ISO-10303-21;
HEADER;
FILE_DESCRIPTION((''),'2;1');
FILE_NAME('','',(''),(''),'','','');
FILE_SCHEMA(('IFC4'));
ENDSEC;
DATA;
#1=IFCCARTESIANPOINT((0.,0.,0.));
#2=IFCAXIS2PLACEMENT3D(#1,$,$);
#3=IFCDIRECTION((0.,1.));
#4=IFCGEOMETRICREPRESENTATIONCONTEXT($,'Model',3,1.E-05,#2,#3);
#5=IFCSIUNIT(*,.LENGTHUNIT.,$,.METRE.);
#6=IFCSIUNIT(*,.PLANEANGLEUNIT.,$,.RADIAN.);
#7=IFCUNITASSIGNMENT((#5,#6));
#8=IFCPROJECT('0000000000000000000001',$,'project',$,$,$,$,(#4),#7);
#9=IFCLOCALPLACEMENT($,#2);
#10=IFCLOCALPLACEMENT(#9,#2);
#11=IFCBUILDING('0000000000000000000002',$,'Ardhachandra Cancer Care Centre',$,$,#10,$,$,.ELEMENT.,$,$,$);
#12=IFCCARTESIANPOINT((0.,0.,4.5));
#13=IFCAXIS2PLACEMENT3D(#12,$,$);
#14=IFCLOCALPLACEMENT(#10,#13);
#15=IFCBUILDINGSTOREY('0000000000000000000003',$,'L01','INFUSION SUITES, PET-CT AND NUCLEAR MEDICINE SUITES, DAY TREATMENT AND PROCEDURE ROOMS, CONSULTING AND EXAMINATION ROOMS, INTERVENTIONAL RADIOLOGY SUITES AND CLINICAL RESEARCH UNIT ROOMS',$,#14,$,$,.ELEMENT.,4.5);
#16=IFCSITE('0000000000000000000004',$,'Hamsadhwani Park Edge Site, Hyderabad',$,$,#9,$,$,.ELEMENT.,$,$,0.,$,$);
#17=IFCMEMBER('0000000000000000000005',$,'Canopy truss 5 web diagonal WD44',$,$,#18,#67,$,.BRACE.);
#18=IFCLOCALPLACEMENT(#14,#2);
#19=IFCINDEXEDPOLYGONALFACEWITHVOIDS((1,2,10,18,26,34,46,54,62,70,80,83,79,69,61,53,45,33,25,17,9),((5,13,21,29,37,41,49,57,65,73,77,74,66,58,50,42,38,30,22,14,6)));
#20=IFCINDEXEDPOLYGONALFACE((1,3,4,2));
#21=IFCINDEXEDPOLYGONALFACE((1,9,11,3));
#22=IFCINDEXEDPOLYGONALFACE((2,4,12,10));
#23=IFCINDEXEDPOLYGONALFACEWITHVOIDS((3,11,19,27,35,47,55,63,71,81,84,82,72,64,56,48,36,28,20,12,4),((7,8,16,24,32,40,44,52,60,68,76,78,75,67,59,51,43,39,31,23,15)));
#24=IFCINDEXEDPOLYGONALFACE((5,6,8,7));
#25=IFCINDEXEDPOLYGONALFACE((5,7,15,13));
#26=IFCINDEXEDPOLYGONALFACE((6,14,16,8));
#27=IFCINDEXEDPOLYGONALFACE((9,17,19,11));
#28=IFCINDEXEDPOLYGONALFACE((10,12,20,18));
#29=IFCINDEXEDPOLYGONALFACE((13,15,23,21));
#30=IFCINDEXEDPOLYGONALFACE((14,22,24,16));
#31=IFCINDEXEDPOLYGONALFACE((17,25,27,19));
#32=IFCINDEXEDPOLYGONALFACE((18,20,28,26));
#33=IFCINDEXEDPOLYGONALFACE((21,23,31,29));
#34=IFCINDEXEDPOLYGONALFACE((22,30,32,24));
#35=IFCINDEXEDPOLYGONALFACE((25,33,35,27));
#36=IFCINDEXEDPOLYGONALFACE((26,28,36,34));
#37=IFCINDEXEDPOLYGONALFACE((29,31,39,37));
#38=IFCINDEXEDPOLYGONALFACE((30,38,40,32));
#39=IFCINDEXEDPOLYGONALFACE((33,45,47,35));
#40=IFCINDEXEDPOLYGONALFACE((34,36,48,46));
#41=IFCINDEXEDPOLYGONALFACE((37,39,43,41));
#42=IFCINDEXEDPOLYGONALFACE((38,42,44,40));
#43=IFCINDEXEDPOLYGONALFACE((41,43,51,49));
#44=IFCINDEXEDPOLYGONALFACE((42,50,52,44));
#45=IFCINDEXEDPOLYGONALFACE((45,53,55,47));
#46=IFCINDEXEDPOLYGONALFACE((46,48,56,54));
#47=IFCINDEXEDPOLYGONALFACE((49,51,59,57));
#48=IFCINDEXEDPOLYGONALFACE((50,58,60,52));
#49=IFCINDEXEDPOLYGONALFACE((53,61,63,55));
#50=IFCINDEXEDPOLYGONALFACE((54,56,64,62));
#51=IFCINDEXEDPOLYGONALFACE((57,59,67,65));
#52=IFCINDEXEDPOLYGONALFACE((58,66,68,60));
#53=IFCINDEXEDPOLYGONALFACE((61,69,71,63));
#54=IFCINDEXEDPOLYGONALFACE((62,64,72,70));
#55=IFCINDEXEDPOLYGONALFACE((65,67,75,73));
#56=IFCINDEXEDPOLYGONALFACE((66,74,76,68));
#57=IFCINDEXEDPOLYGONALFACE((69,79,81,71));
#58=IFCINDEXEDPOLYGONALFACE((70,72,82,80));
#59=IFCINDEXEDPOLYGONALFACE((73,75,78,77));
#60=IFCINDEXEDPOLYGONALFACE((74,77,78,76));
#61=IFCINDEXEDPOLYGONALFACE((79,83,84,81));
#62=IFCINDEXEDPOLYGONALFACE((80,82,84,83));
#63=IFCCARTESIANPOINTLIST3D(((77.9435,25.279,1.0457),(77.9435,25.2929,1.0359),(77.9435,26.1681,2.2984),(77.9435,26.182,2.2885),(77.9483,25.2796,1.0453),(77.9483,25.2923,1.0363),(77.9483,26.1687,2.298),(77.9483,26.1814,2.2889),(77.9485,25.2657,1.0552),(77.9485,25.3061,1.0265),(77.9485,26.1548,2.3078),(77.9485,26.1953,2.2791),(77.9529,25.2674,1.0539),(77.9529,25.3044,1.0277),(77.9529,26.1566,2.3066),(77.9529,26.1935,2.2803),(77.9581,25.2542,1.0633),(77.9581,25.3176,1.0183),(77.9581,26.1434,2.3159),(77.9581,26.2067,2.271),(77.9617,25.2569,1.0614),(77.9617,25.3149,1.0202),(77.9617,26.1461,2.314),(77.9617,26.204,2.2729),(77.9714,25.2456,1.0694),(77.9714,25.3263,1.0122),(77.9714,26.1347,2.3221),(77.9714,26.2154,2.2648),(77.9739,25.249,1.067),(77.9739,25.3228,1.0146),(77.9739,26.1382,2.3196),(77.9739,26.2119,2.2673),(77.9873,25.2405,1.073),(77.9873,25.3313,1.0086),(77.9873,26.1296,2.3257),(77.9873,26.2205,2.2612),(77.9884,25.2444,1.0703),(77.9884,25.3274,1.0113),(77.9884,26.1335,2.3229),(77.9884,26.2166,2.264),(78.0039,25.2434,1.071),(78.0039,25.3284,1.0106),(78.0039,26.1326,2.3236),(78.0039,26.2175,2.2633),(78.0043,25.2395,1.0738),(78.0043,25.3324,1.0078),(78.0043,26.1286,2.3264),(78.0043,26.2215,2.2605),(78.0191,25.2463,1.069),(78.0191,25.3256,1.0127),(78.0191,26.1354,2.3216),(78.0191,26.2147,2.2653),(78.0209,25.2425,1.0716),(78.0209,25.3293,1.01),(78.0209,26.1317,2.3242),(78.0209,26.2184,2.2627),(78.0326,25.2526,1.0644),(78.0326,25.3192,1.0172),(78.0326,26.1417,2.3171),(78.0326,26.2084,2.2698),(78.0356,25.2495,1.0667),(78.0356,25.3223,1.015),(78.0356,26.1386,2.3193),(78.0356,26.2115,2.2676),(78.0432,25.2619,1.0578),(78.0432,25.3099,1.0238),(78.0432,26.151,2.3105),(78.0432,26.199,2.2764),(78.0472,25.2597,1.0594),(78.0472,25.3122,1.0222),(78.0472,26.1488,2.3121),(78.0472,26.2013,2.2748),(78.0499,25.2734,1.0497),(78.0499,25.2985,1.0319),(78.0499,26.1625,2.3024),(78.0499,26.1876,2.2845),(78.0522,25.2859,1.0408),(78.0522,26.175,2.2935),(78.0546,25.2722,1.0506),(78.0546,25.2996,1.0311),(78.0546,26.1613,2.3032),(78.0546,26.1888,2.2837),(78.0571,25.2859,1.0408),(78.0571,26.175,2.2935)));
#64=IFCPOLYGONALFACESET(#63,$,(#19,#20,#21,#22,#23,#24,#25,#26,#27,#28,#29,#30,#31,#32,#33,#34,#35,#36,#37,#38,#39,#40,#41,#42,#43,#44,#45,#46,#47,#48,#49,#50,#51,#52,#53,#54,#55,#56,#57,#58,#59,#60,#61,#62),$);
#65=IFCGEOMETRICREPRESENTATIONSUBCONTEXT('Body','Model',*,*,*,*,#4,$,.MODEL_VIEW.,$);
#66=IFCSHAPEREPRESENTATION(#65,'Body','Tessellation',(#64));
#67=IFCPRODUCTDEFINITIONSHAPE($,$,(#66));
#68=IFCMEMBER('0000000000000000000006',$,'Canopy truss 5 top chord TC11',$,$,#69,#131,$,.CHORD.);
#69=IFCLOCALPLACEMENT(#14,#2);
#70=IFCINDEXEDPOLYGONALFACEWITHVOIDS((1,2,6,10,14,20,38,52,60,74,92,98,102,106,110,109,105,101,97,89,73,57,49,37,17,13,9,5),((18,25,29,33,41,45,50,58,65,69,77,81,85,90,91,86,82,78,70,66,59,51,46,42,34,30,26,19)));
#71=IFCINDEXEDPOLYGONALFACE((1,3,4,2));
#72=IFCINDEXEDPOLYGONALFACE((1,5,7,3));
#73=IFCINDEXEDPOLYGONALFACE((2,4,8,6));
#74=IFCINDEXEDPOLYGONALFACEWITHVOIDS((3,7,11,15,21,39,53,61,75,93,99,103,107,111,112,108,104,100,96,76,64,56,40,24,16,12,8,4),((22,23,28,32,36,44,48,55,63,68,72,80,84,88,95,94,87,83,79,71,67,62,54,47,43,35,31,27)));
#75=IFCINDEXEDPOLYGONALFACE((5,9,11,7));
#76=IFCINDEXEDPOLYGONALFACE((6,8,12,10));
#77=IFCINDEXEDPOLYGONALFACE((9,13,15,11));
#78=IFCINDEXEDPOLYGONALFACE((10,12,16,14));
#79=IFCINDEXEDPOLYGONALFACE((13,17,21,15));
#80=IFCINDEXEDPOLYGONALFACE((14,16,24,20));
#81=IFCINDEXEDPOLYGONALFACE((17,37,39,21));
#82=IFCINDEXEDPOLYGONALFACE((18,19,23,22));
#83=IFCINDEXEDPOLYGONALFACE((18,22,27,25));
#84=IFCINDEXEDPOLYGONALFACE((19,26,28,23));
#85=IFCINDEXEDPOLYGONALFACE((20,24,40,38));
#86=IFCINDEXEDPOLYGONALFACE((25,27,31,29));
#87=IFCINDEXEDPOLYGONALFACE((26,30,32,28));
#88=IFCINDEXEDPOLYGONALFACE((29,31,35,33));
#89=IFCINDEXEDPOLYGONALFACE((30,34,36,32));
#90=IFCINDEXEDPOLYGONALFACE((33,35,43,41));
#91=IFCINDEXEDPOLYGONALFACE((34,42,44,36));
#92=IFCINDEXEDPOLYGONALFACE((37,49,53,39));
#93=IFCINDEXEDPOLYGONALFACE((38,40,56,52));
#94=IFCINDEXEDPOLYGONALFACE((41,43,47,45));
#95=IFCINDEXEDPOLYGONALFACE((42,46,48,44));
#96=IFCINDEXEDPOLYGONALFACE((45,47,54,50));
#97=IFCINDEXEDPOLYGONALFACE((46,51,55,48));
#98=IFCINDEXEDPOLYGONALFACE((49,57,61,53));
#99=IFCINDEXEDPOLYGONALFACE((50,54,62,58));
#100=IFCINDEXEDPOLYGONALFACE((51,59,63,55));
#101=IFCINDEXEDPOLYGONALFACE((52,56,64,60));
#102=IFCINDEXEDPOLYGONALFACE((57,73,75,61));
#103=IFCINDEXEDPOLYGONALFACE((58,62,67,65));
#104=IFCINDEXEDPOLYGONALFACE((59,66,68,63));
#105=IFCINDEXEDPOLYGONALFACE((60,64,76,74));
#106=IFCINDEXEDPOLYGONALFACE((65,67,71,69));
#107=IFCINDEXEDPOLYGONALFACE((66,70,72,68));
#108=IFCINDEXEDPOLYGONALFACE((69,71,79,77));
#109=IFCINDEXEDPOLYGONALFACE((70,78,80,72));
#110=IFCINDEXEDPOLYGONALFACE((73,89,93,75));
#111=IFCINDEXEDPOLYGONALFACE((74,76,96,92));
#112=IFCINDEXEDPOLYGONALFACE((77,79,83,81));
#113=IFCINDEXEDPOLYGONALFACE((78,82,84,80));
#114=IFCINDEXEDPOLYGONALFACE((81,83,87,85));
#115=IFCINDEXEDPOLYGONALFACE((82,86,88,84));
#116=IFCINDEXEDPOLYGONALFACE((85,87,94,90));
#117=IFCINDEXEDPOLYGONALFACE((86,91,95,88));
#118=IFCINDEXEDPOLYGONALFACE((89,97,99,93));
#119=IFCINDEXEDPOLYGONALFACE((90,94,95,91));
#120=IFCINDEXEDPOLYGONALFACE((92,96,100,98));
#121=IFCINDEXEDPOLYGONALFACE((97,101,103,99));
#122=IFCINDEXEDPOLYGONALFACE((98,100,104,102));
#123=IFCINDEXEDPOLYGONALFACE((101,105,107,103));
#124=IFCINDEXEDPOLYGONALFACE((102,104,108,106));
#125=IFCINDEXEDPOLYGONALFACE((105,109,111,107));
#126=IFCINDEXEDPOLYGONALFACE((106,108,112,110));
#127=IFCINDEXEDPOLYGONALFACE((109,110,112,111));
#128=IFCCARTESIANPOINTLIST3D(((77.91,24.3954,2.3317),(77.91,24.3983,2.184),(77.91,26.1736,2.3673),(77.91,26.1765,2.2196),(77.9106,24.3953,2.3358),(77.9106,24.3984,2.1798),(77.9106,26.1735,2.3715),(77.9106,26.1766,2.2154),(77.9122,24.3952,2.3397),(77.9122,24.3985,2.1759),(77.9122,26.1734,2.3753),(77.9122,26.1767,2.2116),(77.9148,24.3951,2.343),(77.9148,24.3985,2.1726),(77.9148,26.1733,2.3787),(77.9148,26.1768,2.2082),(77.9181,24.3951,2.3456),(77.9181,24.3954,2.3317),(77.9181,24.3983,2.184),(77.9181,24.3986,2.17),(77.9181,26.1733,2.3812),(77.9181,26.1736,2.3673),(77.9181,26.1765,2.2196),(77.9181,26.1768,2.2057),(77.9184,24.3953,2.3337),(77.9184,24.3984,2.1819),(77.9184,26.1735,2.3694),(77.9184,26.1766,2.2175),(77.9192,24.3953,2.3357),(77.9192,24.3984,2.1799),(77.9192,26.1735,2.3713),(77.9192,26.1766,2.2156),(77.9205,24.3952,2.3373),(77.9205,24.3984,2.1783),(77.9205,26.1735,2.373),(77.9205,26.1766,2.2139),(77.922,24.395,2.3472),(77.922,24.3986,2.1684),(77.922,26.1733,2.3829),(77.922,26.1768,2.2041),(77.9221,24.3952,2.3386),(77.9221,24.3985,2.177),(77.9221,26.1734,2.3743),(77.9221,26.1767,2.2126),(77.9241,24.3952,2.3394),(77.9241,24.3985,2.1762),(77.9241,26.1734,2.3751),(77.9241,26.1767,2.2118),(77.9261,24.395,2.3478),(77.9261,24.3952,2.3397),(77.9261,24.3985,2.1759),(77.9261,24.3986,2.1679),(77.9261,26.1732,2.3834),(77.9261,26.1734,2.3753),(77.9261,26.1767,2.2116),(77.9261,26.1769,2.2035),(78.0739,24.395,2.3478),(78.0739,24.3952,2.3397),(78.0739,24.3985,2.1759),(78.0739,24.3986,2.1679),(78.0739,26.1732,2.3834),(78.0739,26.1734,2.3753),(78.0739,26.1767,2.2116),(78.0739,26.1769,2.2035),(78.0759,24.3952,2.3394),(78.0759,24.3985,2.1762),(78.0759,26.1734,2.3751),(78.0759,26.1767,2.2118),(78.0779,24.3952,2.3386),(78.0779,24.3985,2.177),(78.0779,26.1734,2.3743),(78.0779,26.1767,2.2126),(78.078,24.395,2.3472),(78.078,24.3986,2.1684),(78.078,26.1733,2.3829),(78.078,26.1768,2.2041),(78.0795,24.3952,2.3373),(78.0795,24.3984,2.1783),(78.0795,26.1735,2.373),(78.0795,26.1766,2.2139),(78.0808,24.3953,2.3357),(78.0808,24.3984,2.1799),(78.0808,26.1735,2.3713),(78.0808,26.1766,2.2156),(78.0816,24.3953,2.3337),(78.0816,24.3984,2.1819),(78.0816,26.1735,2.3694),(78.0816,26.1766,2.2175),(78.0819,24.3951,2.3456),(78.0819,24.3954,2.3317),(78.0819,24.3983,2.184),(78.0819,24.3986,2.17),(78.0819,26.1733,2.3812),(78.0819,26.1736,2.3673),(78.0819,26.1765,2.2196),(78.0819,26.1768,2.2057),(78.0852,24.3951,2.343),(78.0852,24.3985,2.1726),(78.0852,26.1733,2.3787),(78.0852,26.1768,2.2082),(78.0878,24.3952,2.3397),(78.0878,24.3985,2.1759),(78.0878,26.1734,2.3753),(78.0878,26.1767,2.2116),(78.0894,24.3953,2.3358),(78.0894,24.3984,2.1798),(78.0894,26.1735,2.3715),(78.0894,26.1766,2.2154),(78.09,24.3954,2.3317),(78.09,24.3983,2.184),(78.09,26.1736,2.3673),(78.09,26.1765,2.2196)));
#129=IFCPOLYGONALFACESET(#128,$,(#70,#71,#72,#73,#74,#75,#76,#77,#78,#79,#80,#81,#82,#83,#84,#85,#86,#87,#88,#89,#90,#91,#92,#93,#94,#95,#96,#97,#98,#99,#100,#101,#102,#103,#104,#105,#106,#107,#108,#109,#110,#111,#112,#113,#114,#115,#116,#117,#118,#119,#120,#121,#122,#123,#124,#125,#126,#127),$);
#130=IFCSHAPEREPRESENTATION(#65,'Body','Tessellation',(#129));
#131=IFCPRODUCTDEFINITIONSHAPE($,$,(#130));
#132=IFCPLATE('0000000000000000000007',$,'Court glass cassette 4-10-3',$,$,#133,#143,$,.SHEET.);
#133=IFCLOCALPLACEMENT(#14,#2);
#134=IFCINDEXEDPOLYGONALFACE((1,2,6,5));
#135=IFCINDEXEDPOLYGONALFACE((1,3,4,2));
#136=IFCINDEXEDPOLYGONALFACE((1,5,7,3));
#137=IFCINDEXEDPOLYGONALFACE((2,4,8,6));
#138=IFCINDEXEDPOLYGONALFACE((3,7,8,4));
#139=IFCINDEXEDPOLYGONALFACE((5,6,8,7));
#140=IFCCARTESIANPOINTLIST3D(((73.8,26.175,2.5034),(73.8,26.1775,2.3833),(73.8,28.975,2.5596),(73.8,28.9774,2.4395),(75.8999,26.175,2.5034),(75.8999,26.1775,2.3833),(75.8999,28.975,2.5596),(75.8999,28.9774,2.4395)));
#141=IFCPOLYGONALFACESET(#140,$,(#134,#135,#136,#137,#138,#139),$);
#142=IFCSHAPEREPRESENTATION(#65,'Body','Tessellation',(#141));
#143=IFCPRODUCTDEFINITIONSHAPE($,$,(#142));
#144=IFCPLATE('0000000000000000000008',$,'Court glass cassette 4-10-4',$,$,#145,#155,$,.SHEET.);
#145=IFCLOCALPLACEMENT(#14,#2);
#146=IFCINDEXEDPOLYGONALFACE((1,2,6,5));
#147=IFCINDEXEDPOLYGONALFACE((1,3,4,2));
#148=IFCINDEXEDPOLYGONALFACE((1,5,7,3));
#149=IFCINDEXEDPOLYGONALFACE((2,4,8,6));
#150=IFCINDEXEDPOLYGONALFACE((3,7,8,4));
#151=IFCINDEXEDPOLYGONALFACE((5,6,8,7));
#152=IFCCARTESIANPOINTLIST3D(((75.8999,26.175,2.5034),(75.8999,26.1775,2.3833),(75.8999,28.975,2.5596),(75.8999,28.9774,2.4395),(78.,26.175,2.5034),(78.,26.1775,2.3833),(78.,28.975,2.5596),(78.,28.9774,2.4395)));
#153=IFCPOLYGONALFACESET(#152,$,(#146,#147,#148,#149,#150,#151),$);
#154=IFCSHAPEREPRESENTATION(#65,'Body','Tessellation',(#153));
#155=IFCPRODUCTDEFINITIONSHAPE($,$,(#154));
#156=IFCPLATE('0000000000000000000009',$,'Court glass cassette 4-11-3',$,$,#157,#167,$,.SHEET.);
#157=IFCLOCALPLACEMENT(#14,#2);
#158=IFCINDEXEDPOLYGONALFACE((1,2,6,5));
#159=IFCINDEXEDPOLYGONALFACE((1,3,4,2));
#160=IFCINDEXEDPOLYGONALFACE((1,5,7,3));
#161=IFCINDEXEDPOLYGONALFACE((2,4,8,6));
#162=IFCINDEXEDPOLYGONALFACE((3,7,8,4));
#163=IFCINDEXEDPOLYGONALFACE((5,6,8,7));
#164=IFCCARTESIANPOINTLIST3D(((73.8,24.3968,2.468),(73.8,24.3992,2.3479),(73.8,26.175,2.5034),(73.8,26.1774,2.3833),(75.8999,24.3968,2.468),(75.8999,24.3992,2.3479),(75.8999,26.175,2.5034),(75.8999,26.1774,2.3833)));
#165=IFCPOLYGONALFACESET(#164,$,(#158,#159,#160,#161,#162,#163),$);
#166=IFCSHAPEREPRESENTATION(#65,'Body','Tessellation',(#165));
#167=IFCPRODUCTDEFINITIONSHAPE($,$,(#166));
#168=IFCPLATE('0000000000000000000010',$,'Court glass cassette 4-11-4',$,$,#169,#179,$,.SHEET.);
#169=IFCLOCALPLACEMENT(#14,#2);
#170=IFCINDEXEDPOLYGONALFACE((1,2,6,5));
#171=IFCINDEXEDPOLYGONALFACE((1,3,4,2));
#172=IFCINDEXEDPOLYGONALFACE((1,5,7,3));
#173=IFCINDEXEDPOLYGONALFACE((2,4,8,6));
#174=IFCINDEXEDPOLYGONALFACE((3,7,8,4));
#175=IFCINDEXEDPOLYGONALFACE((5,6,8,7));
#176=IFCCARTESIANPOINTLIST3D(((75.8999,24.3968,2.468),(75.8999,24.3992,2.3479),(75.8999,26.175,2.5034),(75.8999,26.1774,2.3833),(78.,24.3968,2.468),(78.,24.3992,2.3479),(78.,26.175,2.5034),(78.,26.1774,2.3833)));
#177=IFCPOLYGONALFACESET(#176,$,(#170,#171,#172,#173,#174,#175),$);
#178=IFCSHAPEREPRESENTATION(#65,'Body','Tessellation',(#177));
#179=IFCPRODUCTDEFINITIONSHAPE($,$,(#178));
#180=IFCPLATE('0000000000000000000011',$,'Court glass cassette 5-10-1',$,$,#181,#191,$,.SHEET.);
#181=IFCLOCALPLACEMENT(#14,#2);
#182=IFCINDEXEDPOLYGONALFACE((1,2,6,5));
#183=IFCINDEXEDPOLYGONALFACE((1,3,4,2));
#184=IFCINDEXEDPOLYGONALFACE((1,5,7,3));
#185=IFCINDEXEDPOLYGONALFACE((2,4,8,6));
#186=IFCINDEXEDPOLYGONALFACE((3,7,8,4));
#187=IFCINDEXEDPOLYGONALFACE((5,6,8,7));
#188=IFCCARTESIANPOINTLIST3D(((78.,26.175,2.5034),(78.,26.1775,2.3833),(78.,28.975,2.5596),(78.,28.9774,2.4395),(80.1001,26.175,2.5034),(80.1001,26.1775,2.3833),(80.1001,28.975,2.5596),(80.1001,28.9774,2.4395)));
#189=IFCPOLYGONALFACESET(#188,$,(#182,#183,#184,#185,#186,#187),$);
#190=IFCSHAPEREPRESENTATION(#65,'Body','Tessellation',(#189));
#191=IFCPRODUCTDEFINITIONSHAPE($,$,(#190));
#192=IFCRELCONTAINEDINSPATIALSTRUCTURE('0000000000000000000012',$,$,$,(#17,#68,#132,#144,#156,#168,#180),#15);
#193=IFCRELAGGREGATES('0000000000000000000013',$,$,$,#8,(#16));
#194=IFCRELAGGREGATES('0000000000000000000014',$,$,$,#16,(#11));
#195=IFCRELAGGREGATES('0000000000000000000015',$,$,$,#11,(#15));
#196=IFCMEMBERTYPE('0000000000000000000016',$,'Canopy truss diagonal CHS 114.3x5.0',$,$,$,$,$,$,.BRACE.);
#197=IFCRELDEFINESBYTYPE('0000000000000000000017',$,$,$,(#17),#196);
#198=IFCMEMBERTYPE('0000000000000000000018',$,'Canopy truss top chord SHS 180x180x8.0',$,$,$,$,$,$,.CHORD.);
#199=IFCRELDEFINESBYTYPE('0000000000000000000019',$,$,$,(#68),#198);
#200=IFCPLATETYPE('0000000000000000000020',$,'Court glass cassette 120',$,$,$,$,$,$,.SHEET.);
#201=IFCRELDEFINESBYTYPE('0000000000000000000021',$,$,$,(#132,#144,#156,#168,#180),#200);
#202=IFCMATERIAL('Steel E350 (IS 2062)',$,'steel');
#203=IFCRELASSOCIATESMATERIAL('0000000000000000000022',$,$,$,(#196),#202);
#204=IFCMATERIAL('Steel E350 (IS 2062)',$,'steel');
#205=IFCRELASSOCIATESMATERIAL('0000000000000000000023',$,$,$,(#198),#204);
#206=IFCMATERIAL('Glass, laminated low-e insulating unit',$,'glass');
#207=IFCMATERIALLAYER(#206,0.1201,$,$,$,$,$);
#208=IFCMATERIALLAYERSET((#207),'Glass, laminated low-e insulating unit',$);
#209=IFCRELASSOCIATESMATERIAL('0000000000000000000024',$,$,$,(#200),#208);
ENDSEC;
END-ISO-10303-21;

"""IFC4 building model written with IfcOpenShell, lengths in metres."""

from ifc_helpers import new_model, si_unit, direction, frame, origin, origin_2d, place, context, subcontext, project, spatial, polyline, hollow_rectangle, hollow_circle, outline, extrude, material, layer, layer_set, material_profile, profile_set, type_object, element, save


model = new_model("IFC4")

# Units and contexts
model_context = context("Model", 3, precision=1e-05, world=origin(), true_north=direction((0.0, 1.0)))
body_context = subcontext(model_context, "Body", "Model", "MODEL_VIEW")
ifc_project = project(units=[si_unit("LENGTHUNIT", "METRE"), si_unit("PLANEANGLEUNIT", "RADIAN")], contexts=[model_context])

# Site, building, storey
site_placement = place(None, origin())
site = spatial("IfcSite", under=ifc_project, at=site_placement, Name="Hamsadhwani Park Edge Site, Hyderabad", CompositionType="ELEMENT", RefElevation=0.0)
building_placement = place(site_placement, origin())
building = spatial("IfcBuilding", under=site, at=building_placement, Name="Ardhachandra Cancer Care Centre", CompositionType="ELEMENT")
storey_placement = place(building_placement, frame((0.0, 0.0, 4.5)))
storey = spatial("IfcBuildingStorey", under=building, at=storey_placement, Name="L01", Description="INFUSION SUITES, PET-CT AND NUCLEAR MEDICINE SUITES, DAY TREATMENT AND PROCEDURE ROOMS, CONSULTING AND EXAMINATION ROOMS, INTERVENTIONAL RADIOLOGY SUITES AND CLINICAL RESEARCH UNIT ROOMS", CompositionType="ELEMENT", Elevation=4.5)

# Members
ifc_material_1 = material(Name="Steel E350 (IS 2062)", Category="steel")
ifc_material_profile_1 = material_profile(ifc_material_1, hollow_circle(Radius=0.0571, WallThickness=0.0049, at=origin_2d()), Name="CHS 114.3x5.0")
ifc_profile_set_1 = profile_set([ifc_material_profile_1], Name="Steel E350 (IS 2062)")
member_type_1 = type_object("IfcMemberType", Name="Canopy truss diagonal CHS 114.3x5.0", PredefinedType="BRACE", material=ifc_profile_set_1)
member_1_placement = place(storey_placement, frame((78.0, 26.175, 2.2935), z_axis=(0.0, -0.578815, -0.815459), x_axis=(1.0, 0.0, 0.0)))
element("IfcMember", 1, at=member_1_placement, inside=storey, type_object=member_type_1, Name="Canopy truss 5 web diagonal WD44", PredefinedType="BRACE", context=body_context, shape_type="SweptSolid", body=[
    extrude(hollow_circle(Radius=0.0571, WallThickness=0.0049, at=origin_2d()), origin(), (0.0, 0.0, 1.0), 1.5361),
])
ifc_material_2 = material(Name="Steel E350 (IS 2062)", Category="steel")
ifc_material_profile_2 = material_profile(ifc_material_2, hollow_rectangle(XDim=0.1799, YDim=0.1799, WallThickness=0.0081, InnerFilletRadius=0.0081, OuterFilletRadius=0.0161, at=origin_2d()), Name="SHS 180x180x8.0")
ifc_profile_set_2 = profile_set([ifc_material_profile_2], Name="Steel E350 (IS 2062)")
member_type_2 = type_object("IfcMemberType", Name="Canopy truss top chord SHS 180x180x8.0", PredefinedType="CHORD", material=ifc_profile_set_2)
member_2_placement = place(storey_placement, frame((78.0, 26.175, 2.2935), z_axis=(0.0, -0.999799, -0.02004), x_axis=(1.0, 0.0, 0.0)))
element("IfcMember", 2, at=member_2_placement, inside=storey, type_object=member_type_2, Name="Canopy truss 5 top chord TC11", PredefinedType="CHORD", context=body_context, shape_type="SweptSolid", body=[
    extrude(hollow_rectangle(XDim=0.1799, YDim=0.1799, WallThickness=0.0081, InnerFilletRadius=0.0081, OuterFilletRadius=0.0161, at=origin_2d()), origin(), (0.0, 0.0, 1.0), 1.7786),
])

# Plates
ifc_material_3 = material(Name="Glass, laminated low-e insulating unit", Category="glass")
ifc_layer = layer(ifc_material_3, 0.1201)
ifc_layer_set = layer_set([ifc_layer], Name="Glass, laminated low-e insulating unit")
plate_type = type_object("IfcPlateType", Name="Court glass cassette 120", PredefinedType="SHEET", material=ifc_layer_set)
plate_1_placement = place(storey_placement, frame((73.8, 26.175, 2.5034), z_axis=(0.0, -0.02005, 0.999799), x_axis=(0.0, 0.999799, 0.02005)))
element("IfcPlate", 3, at=plate_1_placement, inside=storey, type_object=plate_type, Name="Court glass cassette 4-10-3", PredefinedType="SHEET", context=body_context, shape_type="SweptSolid", body=[
    extrude(outline(polyline([(0.0, -2.0999), (2.8005, -2.0999), (2.8005, 0.0), (0.0, 0.0), (0.0, -2.0999)])), frame((0.0, 0.0, -0.1201)), (0.0, 0.0, 1.0), 0.1201),
])
plate_2_placement = place(storey_placement, frame((75.8999, 26.175, 2.5034), z_axis=(0.0, -0.02005, 0.999799), x_axis=(0.0, 0.999799, 0.02005)))
element("IfcPlate", 4, at=plate_2_placement, inside=storey, type_object=plate_type, Name="Court glass cassette 4-10-4", PredefinedType="SHEET", context=body_context, shape_type="SweptSolid", body=[
    extrude(outline(polyline([(0.0, -2.1001), (2.8005, -2.1001), (2.8005, 0.0), (0.0, 0.0), (0.0, -2.1001)])), frame((0.0, 0.0, -0.1201)), (0.0, 0.0, 1.0), 0.1201),
])
plate_3_placement = place(storey_placement, frame((73.8, 26.175, 2.5034), z_axis=(0.0, -0.019903, 0.999802), x_axis=(1.0, 0.0, 0.0)))
element("IfcPlate", 5, at=plate_3_placement, inside=storey, type_object=plate_type, Name="Court glass cassette 4-11-3", PredefinedType="SHEET", context=body_context, shape_type="SweptSolid", body=[
    extrude(outline(polyline([(0.0, -1.7786), (2.0999, -1.7786), (2.0999, 0.0), (0.0, 0.0), (0.0, -1.7786)])), frame((0.0, 0.0, -0.1201)), (0.0, 0.0, 1.0), 0.1201),
])
plate_4_placement = place(storey_placement, frame((75.8999, 26.175, 2.5034), z_axis=(0.0, -0.019903, 0.999802), x_axis=(1.0, 0.0, 0.0)))
element("IfcPlate", 6, at=plate_4_placement, inside=storey, type_object=plate_type, Name="Court glass cassette 4-11-4", PredefinedType="SHEET", context=body_context, shape_type="SweptSolid", body=[
    extrude(outline(polyline([(0.0, -1.7786), (2.1001, -1.7786), (2.1001, 0.0), (0.0, 0.0), (0.0, -1.7786)])), frame((0.0, 0.0, -0.1201)), (0.0, 0.0, 1.0), 0.1201),
])
plate_5_placement = place(storey_placement, frame((78.0, 26.175, 2.5034), z_axis=(0.0, -0.02005, 0.999799), x_axis=(0.0, 0.999799, 0.02005)))
element("IfcPlate", 7, at=plate_5_placement, inside=storey, type_object=plate_type, Name="Court glass cassette 5-10-1", PredefinedType="SHEET", context=body_context, shape_type="SweptSolid", body=[
    extrude(outline(polyline([(0.0, -2.1001), (2.8005, -2.1001), (2.8005, 0.0), (0.0, 0.0), (0.0, -2.1001)])), frame((0.0, 0.0, -0.1201)), (0.0, 0.0, 1.0), 0.1201),
])

save(model, "model.ifc")
